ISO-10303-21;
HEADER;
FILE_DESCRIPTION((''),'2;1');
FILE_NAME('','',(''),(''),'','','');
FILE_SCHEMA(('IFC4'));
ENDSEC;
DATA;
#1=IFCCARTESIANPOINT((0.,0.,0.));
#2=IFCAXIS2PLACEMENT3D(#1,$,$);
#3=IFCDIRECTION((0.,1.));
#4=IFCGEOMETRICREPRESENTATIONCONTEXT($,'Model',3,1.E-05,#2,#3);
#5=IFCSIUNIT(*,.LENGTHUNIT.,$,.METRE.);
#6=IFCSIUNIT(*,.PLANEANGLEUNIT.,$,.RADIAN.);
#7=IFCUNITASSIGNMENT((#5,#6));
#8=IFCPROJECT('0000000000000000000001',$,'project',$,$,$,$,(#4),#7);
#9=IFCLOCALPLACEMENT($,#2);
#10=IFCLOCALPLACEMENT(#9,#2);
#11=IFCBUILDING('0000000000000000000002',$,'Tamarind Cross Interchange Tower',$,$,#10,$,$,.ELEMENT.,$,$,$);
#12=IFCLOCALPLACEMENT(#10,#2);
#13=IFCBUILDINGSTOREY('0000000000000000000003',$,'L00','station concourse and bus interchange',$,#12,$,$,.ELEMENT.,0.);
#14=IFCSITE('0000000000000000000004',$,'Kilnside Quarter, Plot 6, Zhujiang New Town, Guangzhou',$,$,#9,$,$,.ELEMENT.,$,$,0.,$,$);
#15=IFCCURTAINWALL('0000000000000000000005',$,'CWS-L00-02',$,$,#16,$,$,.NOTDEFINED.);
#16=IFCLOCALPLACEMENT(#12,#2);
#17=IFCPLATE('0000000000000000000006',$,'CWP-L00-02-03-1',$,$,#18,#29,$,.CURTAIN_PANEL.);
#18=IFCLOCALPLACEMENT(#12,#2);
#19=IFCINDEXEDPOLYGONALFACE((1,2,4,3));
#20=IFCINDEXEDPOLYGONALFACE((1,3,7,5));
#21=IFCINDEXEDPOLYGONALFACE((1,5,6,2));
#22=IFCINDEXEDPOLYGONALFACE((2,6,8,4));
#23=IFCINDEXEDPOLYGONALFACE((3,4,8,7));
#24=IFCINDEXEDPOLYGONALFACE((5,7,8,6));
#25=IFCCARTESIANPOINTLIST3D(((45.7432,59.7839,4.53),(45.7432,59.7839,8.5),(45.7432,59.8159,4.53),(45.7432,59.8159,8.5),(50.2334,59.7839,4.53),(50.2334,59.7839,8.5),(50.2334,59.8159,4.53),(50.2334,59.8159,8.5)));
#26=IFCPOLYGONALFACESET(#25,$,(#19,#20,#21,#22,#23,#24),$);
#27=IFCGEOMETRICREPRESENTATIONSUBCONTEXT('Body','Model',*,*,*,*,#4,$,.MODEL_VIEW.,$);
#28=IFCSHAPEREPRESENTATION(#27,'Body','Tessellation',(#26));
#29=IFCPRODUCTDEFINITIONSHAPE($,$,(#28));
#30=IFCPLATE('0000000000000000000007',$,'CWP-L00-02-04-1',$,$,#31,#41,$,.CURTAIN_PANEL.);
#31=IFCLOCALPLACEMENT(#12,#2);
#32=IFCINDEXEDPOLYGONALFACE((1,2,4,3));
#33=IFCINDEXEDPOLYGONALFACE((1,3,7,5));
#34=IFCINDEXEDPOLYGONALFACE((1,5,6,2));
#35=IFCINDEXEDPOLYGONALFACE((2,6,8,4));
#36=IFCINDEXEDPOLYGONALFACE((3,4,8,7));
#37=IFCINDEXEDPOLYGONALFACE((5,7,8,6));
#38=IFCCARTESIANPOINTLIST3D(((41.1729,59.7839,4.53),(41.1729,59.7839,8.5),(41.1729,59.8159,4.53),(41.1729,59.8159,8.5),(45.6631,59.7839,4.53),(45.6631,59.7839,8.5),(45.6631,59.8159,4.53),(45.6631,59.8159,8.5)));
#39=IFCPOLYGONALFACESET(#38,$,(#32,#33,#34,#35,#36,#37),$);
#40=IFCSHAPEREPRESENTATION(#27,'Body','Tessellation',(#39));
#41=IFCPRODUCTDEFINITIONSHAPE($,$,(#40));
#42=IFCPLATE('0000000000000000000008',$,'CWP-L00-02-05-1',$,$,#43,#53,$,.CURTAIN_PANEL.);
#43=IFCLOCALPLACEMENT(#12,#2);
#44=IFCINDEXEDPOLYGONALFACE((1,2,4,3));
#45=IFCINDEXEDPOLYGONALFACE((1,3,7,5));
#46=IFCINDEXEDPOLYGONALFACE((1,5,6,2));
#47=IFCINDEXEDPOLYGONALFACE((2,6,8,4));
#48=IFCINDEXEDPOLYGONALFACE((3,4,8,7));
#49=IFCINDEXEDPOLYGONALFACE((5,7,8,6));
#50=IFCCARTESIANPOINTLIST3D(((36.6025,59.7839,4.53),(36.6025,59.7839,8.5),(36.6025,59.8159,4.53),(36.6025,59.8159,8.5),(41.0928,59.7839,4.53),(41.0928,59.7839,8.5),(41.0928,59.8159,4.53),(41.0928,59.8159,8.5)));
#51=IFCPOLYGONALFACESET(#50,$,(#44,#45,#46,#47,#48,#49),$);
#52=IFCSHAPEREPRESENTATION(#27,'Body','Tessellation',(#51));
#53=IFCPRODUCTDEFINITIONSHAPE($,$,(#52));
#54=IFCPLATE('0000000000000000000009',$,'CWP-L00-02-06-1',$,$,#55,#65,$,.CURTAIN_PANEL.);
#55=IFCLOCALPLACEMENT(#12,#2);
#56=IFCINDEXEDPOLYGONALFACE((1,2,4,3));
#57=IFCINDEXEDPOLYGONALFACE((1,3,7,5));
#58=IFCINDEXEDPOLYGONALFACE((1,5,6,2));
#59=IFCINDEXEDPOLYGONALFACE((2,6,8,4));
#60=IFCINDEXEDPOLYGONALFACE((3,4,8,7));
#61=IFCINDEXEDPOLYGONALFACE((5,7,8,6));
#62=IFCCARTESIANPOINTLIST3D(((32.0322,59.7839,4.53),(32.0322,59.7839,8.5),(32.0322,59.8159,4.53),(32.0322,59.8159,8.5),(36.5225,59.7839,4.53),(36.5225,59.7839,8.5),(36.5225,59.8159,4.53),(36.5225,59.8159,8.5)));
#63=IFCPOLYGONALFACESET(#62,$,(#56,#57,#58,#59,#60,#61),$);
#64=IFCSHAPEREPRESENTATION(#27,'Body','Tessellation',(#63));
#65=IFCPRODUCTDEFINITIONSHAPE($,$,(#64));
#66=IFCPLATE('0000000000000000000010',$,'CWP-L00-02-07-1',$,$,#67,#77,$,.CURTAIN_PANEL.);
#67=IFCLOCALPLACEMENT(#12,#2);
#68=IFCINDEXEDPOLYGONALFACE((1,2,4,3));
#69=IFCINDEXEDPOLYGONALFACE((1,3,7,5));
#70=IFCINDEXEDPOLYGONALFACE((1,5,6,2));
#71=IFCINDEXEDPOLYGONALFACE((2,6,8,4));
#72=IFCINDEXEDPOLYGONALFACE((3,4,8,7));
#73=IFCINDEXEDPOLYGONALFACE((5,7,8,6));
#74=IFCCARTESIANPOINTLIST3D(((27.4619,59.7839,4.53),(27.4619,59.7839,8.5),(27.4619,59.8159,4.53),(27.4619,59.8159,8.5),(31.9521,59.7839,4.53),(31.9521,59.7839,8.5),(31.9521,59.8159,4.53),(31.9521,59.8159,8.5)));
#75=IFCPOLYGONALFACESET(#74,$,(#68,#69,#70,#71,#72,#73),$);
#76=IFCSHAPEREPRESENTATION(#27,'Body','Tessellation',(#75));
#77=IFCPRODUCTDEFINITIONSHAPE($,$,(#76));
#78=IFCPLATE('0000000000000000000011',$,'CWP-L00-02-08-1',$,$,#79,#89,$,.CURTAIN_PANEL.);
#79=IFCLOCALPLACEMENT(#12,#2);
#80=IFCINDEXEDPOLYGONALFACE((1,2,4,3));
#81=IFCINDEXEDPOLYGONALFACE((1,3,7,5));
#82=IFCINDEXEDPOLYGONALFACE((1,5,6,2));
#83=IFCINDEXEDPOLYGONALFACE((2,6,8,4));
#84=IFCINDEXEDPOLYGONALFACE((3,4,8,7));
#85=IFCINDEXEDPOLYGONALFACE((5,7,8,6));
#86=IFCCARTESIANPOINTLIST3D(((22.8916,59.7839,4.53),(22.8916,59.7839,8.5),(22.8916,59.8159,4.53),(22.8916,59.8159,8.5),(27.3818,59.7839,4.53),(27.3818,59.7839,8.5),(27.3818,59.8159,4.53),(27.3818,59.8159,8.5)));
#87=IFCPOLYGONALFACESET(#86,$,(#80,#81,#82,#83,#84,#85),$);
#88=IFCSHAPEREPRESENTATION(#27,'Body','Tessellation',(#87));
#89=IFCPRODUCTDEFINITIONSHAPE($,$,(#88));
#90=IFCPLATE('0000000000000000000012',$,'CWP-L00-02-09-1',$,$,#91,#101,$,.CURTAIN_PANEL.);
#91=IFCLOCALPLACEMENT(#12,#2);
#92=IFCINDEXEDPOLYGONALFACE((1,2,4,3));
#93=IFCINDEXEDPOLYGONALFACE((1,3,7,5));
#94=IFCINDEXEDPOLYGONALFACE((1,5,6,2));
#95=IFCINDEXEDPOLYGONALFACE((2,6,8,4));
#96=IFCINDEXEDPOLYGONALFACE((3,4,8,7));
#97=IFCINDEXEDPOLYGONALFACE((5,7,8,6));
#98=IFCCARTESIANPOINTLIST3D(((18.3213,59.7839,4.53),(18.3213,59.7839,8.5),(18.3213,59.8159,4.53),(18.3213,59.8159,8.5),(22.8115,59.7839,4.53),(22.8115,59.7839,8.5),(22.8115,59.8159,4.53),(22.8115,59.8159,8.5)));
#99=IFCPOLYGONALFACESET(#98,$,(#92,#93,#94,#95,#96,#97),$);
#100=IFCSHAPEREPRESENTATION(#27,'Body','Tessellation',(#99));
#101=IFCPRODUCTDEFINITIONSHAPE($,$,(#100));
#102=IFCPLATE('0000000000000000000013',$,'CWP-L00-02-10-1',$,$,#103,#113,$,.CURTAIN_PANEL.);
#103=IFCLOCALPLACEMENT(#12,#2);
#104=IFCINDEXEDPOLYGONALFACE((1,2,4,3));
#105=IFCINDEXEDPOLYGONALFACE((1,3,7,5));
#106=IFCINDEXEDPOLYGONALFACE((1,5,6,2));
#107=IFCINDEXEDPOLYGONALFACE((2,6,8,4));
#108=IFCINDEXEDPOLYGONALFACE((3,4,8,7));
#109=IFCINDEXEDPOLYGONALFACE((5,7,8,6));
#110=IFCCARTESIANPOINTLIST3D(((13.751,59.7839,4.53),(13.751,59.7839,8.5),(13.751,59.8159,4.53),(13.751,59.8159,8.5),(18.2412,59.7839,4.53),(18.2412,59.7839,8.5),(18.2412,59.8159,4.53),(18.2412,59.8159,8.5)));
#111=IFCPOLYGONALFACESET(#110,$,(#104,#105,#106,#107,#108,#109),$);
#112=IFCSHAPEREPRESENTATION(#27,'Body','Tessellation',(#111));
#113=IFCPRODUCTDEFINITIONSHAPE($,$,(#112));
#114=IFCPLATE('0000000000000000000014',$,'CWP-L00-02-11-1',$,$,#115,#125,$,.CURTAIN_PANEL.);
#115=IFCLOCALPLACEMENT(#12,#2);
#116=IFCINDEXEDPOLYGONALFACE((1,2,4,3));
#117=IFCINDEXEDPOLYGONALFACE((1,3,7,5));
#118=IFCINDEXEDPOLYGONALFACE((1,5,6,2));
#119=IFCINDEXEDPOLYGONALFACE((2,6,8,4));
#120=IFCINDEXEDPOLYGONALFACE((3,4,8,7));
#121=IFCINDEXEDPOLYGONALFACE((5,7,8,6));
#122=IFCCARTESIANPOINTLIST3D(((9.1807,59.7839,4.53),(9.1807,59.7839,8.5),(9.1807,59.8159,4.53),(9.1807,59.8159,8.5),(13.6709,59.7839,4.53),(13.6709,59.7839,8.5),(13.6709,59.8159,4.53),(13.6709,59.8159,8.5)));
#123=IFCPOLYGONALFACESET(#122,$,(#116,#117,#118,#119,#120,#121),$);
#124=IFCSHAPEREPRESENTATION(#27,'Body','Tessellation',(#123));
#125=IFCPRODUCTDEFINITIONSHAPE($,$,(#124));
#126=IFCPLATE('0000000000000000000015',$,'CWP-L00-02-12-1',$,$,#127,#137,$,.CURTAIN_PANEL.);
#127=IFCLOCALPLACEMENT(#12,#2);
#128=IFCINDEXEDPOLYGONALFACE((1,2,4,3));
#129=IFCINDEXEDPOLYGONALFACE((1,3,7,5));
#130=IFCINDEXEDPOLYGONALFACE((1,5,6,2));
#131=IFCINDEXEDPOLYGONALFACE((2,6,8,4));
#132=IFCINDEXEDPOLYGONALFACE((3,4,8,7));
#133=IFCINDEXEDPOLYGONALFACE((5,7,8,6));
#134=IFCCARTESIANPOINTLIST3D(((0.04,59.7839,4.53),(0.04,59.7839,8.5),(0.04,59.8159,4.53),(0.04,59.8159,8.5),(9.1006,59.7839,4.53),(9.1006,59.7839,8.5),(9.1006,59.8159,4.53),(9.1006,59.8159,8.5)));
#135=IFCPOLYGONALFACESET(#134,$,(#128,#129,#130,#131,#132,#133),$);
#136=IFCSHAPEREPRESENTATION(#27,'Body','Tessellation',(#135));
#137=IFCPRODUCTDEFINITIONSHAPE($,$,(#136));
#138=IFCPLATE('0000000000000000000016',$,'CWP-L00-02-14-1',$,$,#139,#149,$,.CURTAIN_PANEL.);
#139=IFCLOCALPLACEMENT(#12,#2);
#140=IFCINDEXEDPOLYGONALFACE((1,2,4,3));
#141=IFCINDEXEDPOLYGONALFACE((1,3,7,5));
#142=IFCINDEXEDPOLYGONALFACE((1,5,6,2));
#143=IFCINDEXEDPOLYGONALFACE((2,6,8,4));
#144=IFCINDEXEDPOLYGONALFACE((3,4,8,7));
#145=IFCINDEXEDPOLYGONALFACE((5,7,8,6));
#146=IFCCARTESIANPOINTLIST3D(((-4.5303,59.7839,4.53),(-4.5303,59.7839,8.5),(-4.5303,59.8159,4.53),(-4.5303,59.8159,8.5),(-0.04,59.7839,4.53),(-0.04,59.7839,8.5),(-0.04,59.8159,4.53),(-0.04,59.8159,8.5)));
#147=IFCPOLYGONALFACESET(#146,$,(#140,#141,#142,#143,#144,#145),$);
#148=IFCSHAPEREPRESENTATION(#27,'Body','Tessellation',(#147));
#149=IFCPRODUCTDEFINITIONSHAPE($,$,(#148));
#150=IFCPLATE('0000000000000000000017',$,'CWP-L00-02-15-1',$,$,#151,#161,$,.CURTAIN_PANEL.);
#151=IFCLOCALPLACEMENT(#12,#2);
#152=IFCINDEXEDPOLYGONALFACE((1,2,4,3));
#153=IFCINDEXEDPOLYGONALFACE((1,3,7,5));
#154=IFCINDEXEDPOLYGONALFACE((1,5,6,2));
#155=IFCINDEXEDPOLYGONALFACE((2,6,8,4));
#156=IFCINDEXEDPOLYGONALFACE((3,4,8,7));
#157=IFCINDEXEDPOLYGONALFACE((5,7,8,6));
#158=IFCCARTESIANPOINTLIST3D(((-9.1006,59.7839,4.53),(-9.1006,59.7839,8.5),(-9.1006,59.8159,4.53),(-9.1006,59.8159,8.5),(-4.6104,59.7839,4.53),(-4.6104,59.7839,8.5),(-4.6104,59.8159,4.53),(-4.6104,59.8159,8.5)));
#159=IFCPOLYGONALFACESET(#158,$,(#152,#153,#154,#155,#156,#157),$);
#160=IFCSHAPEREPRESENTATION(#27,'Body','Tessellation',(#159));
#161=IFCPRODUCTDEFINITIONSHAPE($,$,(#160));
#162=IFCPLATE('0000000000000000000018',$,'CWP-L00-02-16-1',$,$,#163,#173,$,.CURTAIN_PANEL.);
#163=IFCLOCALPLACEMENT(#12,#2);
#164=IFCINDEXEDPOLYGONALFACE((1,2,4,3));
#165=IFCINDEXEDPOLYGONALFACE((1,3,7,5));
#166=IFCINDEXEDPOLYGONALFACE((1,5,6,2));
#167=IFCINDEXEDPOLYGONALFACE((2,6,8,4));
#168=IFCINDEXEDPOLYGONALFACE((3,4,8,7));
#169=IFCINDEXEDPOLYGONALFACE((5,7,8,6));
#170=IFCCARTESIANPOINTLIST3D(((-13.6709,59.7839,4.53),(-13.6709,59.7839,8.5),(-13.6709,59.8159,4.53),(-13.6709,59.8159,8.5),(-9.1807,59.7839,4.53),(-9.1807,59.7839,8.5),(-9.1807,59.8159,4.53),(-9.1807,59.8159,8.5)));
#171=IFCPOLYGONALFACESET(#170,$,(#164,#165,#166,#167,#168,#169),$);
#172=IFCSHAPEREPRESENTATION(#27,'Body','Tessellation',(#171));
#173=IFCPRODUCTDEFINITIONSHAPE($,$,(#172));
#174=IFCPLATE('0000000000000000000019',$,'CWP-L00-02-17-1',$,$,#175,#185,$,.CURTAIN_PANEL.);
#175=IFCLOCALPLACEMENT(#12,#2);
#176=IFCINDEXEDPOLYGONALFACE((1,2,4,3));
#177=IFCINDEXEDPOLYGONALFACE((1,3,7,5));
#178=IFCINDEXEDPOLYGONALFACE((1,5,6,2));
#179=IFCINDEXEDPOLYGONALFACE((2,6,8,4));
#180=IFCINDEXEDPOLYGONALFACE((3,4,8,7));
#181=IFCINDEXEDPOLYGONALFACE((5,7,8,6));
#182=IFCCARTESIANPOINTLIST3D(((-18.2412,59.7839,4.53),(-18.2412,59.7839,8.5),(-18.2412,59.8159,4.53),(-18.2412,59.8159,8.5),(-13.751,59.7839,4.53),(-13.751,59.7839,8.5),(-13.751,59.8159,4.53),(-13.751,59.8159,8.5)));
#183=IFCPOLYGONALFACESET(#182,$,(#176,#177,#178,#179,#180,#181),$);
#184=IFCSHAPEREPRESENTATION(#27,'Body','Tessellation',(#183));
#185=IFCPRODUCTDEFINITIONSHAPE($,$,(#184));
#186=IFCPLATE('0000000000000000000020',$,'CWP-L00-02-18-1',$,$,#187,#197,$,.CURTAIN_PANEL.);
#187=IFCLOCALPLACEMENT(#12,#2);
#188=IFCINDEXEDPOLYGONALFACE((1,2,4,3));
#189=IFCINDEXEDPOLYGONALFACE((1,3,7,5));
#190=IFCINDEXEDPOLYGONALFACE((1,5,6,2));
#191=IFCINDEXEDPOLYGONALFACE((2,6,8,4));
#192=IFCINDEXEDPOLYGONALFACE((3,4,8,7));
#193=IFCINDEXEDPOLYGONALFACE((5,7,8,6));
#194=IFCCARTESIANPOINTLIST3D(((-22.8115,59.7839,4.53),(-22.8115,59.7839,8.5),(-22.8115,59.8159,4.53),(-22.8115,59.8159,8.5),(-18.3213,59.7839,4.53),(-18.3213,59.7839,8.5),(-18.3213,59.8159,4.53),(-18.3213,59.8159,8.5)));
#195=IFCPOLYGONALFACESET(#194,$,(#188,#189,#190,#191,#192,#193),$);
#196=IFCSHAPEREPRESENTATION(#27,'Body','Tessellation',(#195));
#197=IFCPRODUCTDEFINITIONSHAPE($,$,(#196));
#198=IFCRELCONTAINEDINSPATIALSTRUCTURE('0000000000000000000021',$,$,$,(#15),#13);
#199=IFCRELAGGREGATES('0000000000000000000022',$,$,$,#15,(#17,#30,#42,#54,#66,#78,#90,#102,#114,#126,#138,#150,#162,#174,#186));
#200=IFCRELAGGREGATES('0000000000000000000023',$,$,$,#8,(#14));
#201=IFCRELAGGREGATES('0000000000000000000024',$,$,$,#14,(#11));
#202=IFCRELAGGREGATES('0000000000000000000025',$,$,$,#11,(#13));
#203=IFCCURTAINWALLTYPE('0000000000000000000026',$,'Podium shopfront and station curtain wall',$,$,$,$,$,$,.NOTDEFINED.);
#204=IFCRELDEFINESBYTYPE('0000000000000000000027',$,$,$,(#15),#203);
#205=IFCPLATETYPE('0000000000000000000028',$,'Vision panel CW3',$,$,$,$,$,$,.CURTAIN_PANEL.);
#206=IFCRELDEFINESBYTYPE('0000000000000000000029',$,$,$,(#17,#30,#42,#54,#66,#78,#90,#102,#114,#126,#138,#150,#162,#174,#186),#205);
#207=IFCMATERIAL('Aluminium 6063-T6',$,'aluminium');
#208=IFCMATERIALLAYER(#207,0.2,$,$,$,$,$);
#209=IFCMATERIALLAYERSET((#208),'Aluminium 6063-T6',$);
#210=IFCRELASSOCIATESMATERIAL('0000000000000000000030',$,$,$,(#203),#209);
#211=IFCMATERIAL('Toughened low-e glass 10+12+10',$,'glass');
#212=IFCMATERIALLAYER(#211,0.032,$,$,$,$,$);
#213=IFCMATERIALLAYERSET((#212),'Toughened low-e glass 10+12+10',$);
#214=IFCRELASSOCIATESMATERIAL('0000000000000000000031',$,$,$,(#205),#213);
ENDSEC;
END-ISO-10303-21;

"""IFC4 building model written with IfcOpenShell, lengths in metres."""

from ifc_helpers import new_model, si_unit, direction, frame, origin, place, context, subcontext, project, spatial, polyline, outline, extrude, material, layer, layer_set, type_object, element, aggregate, save


model = new_model("IFC4")

# Units and contexts
model_context = context("Model", 3, precision=1e-05, world=origin(), true_north=direction((0.0, 1.0)))
body_context = subcontext(model_context, "Body", "Model", "MODEL_VIEW")
ifc_project = project(units=[si_unit("LENGTHUNIT", "METRE"), si_unit("PLANEANGLEUNIT", "RADIAN")], contexts=[model_context])

# Site, building, storey
site_placement = place(None, origin())
site = spatial("IfcSite", under=ifc_project, at=site_placement, Name="Kilnside Quarter, Plot 6, Zhujiang New Town, Guangzhou", CompositionType="ELEMENT", RefElevation=0.0)
building_placement = place(site_placement, origin())
building = spatial("IfcBuilding", under=site, at=building_placement, Name="Tamarind Cross Interchange Tower", CompositionType="ELEMENT")
storey_placement = place(building_placement, origin())
storey = spatial("IfcBuildingStorey", under=building, at=storey_placement, Name="L00", Description="station concourse and bus interchange", CompositionType="ELEMENT", Elevation=0.0)

# Curtain wall
ifc_material_1 = material(Name="Aluminium 6063-T6", Category="aluminium")
ifc_layer_1 = layer(ifc_material_1, 0.2)
ifc_layer_set_1 = layer_set([ifc_layer_1], Name="Aluminium 6063-T6")
curtain_wall_type = type_object("IfcCurtainWallType", Name="Podium shopfront and station curtain wall", PredefinedType="NOTDEFINED", material=ifc_layer_set_1)
curtain_wall_1_placement = place(storey_placement, origin())
curtain_wall_1 = element("IfcCurtainWall", 1, at=curtain_wall_1_placement, inside=storey, type_object=curtain_wall_type, Name="CWS-L00-02", PredefinedType="NOTDEFINED")

# Shared definitions
ifc_material_2 = material(Name="Toughened low-e glass 10+12+10", Category="glass")
ifc_layer_2 = layer(ifc_material_2, 0.032)
ifc_layer_set_2 = layer_set([ifc_layer_2], Name="Toughened low-e glass 10+12+10")
plate_type = type_object("IfcPlateType", Name="Vision panel CW3", PredefinedType="CURTAIN_PANEL", material=ifc_layer_set_2)

# Plates
plate_1_placement = place(storey_placement, frame((0.0, 0.0, 4.53)))
plate_1 = element("IfcPlate", 2, at=plate_1_placement, type_object=plate_type, Name="CWP-L00-02-03-1", PredefinedType="CURTAIN_PANEL", context=body_context, shape_type="SweptSolid", body=[
    extrude(outline(polyline([(50.2334, 59.7839), (45.7432, 59.7839), (45.7432, 59.8159), (50.2334, 59.8159), (50.2334, 59.7839)])), origin(), (0.0, 0.0, 1.0), 3.97),
])
plate_2_placement = place(storey_placement, frame((0.0, 0.0, 4.53)))
plate_2 = element("IfcPlate", 3, at=plate_2_placement, type_object=plate_type, Name="CWP-L00-02-04-1", PredefinedType="CURTAIN_PANEL", context=body_context, shape_type="SweptSolid", body=[
    extrude(outline(polyline([(45.6631, 59.7839), (41.1729, 59.7839), (41.1729, 59.8159), (45.6631, 59.8159), (45.6631, 59.7839)])), origin(), (0.0, 0.0, 1.0), 3.97),
])
plate_3_placement = place(storey_placement, frame((0.0, 0.0, 4.53)))
plate_3 = element("IfcPlate", 4, at=plate_3_placement, type_object=plate_type, Name="CWP-L00-02-05-1", PredefinedType="CURTAIN_PANEL", context=body_context, shape_type="SweptSolid", body=[
    extrude(outline(polyline([(41.0928, 59.7839), (36.6025, 59.7839), (36.6025, 59.8159), (41.0928, 59.8159), (41.0928, 59.7839)])), origin(), (0.0, 0.0, 1.0), 3.97),
])
plate_4_placement = place(storey_placement, frame((0.0, 0.0, 4.53)))
plate_4 = element("IfcPlate", 5, at=plate_4_placement, type_object=plate_type, Name="CWP-L00-02-06-1", PredefinedType="CURTAIN_PANEL", context=body_context, shape_type="SweptSolid", body=[
    extrude(outline(polyline([(36.5225, 59.7839), (32.0322, 59.7839), (32.0322, 59.8159), (36.5225, 59.8159), (36.5225, 59.7839)])), origin(), (0.0, 0.0, 1.0), 3.97),
])
plate_5_placement = place(storey_placement, frame((0.0, 0.0, 4.53)))
plate_5 = element("IfcPlate", 6, at=plate_5_placement, type_object=plate_type, Name="CWP-L00-02-07-1", PredefinedType="CURTAIN_PANEL", context=body_context, shape_type="SweptSolid", body=[
    extrude(outline(polyline([(31.9521, 59.7839), (27.4619, 59.7839), (27.4619, 59.8159), (31.9521, 59.8159), (31.9521, 59.7839)])), origin(), (0.0, 0.0, 1.0), 3.97),
])
plate_6_placement = place(storey_placement, frame((0.0, 0.0, 4.53)))
plate_6 = element("IfcPlate", 7, at=plate_6_placement, type_object=plate_type, Name="CWP-L00-02-08-1", PredefinedType="CURTAIN_PANEL", context=body_context, shape_type="SweptSolid", body=[
    extrude(outline(polyline([(27.3818, 59.7839), (22.8916, 59.7839), (22.8916, 59.8159), (27.3818, 59.8159), (27.3818, 59.7839)])), origin(), (0.0, 0.0, 1.0), 3.97),
])
plate_7_placement = place(storey_placement, frame((0.0, 0.0, 4.53)))
plate_7 = element("IfcPlate", 8, at=plate_7_placement, type_object=plate_type, Name="CWP-L00-02-09-1", PredefinedType="CURTAIN_PANEL", context=body_context, shape_type="SweptSolid", body=[
    extrude(outline(polyline([(22.8115, 59.7839), (18.3213, 59.7839), (18.3213, 59.8159), (22.8115, 59.8159), (22.8115, 59.7839)])), origin(), (0.0, 0.0, 1.0), 3.97),
])
plate_8_placement = place(storey_placement, frame((0.0, 0.0, 4.53)))
plate_8 = element("IfcPlate", 9, at=plate_8_placement, type_object=plate_type, Name="CWP-L00-02-10-1", PredefinedType="CURTAIN_PANEL", context=body_context, shape_type="SweptSolid", body=[
    extrude(outline(polyline([(18.2412, 59.7839), (13.751, 59.7839), (13.751, 59.8159), (18.2412, 59.8159), (18.2412, 59.7839)])), origin(), (0.0, 0.0, 1.0), 3.97),
])
plate_9_placement = place(storey_placement, frame((0.0, 0.0, 4.53)))
plate_9 = element("IfcPlate", 10, at=plate_9_placement, type_object=plate_type, Name="CWP-L00-02-11-1", PredefinedType="CURTAIN_PANEL", context=body_context, shape_type="SweptSolid", body=[
    extrude(outline(polyline([(13.6709, 59.7839), (9.1807, 59.7839), (9.1807, 59.8159), (13.6709, 59.8159), (13.6709, 59.7839)])), origin(), (0.0, 0.0, 1.0), 3.97),
])
plate_10_placement = place(storey_placement, frame((0.0, 0.0, 4.53)))
plate_10 = element("IfcPlate", 11, at=plate_10_placement, type_object=plate_type, Name="CWP-L00-02-12-1", PredefinedType="CURTAIN_PANEL", context=body_context, shape_type="SweptSolid", body=[
    extrude(outline(polyline([(9.1006, 59.7839), (0.04, 59.7839), (0.04, 59.8159), (9.1006, 59.8159), (9.1006, 59.7839)])), origin(), (0.0, 0.0, 1.0), 3.97),
])
plate_11_placement = place(storey_placement, frame((0.0, 0.0, 4.53)))
plate_11 = element("IfcPlate", 12, at=plate_11_placement, type_object=plate_type, Name="CWP-L00-02-14-1", PredefinedType="CURTAIN_PANEL", context=body_context, shape_type="SweptSolid", body=[
    extrude(outline(polyline([(-0.04, 59.7839), (-4.5303, 59.7839), (-4.5303, 59.8159), (-0.04, 59.8159), (-0.04, 59.7839)])), origin(), (0.0, 0.0, 1.0), 3.97),
])
plate_12_placement = place(storey_placement, frame((0.0, 0.0, 4.53)))
plate_12 = element("IfcPlate", 13, at=plate_12_placement, type_object=plate_type, Name="CWP-L00-02-15-1", PredefinedType="CURTAIN_PANEL", context=body_context, shape_type="SweptSolid", body=[
    extrude(outline(polyline([(-4.6104, 59.7839), (-9.1006, 59.7839), (-9.1006, 59.8159), (-4.6104, 59.8159), (-4.6104, 59.7839)])), origin(), (0.0, 0.0, 1.0), 3.97),
])
plate_13_placement = place(storey_placement, frame((0.0, 0.0, 4.53)))
plate_13 = element("IfcPlate", 14, at=plate_13_placement, type_object=plate_type, Name="CWP-L00-02-16-1", PredefinedType="CURTAIN_PANEL", context=body_context, shape_type="SweptSolid", body=[
    extrude(outline(polyline([(-9.1807, 59.7839), (-13.6709, 59.7839), (-13.6709, 59.8159), (-9.1807, 59.8159), (-9.1807, 59.7839)])), origin(), (0.0, 0.0, 1.0), 3.97),
])
plate_14_placement = place(storey_placement, frame((0.0, 0.0, 4.53)))
plate_14 = element("IfcPlate", 15, at=plate_14_placement, type_object=plate_type, Name="CWP-L00-02-17-1", PredefinedType="CURTAIN_PANEL", context=body_context, shape_type="SweptSolid", body=[
    extrude(outline(polyline([(-13.751, 59.7839), (-18.2412, 59.7839), (-18.2412, 59.8159), (-13.751, 59.8159), (-13.751, 59.7839)])), origin(), (0.0, 0.0, 1.0), 3.97),
])
plate_15_placement = place(storey_placement, frame((0.0, 0.0, 4.53)))
plate_15 = element("IfcPlate", 16, at=plate_15_placement, type_object=plate_type, Name="CWP-L00-02-18-1", PredefinedType="CURTAIN_PANEL", context=body_context, shape_type="SweptSolid", body=[
    extrude(outline(polyline([(-18.3213, 59.7839), (-22.8115, 59.7839), (-22.8115, 59.8159), (-18.3213, 59.8159), (-18.3213, 59.7839)])), origin(), (0.0, 0.0, 1.0), 3.97),
])
aggregate(curtain_wall_1, [plate_1, plate_2, plate_3, plate_4, plate_5, plate_6, plate_7, plate_8, plate_9, plate_10, plate_11, plate_12, plate_13, plate_14, plate_15])

save(model, "model.ifc")
